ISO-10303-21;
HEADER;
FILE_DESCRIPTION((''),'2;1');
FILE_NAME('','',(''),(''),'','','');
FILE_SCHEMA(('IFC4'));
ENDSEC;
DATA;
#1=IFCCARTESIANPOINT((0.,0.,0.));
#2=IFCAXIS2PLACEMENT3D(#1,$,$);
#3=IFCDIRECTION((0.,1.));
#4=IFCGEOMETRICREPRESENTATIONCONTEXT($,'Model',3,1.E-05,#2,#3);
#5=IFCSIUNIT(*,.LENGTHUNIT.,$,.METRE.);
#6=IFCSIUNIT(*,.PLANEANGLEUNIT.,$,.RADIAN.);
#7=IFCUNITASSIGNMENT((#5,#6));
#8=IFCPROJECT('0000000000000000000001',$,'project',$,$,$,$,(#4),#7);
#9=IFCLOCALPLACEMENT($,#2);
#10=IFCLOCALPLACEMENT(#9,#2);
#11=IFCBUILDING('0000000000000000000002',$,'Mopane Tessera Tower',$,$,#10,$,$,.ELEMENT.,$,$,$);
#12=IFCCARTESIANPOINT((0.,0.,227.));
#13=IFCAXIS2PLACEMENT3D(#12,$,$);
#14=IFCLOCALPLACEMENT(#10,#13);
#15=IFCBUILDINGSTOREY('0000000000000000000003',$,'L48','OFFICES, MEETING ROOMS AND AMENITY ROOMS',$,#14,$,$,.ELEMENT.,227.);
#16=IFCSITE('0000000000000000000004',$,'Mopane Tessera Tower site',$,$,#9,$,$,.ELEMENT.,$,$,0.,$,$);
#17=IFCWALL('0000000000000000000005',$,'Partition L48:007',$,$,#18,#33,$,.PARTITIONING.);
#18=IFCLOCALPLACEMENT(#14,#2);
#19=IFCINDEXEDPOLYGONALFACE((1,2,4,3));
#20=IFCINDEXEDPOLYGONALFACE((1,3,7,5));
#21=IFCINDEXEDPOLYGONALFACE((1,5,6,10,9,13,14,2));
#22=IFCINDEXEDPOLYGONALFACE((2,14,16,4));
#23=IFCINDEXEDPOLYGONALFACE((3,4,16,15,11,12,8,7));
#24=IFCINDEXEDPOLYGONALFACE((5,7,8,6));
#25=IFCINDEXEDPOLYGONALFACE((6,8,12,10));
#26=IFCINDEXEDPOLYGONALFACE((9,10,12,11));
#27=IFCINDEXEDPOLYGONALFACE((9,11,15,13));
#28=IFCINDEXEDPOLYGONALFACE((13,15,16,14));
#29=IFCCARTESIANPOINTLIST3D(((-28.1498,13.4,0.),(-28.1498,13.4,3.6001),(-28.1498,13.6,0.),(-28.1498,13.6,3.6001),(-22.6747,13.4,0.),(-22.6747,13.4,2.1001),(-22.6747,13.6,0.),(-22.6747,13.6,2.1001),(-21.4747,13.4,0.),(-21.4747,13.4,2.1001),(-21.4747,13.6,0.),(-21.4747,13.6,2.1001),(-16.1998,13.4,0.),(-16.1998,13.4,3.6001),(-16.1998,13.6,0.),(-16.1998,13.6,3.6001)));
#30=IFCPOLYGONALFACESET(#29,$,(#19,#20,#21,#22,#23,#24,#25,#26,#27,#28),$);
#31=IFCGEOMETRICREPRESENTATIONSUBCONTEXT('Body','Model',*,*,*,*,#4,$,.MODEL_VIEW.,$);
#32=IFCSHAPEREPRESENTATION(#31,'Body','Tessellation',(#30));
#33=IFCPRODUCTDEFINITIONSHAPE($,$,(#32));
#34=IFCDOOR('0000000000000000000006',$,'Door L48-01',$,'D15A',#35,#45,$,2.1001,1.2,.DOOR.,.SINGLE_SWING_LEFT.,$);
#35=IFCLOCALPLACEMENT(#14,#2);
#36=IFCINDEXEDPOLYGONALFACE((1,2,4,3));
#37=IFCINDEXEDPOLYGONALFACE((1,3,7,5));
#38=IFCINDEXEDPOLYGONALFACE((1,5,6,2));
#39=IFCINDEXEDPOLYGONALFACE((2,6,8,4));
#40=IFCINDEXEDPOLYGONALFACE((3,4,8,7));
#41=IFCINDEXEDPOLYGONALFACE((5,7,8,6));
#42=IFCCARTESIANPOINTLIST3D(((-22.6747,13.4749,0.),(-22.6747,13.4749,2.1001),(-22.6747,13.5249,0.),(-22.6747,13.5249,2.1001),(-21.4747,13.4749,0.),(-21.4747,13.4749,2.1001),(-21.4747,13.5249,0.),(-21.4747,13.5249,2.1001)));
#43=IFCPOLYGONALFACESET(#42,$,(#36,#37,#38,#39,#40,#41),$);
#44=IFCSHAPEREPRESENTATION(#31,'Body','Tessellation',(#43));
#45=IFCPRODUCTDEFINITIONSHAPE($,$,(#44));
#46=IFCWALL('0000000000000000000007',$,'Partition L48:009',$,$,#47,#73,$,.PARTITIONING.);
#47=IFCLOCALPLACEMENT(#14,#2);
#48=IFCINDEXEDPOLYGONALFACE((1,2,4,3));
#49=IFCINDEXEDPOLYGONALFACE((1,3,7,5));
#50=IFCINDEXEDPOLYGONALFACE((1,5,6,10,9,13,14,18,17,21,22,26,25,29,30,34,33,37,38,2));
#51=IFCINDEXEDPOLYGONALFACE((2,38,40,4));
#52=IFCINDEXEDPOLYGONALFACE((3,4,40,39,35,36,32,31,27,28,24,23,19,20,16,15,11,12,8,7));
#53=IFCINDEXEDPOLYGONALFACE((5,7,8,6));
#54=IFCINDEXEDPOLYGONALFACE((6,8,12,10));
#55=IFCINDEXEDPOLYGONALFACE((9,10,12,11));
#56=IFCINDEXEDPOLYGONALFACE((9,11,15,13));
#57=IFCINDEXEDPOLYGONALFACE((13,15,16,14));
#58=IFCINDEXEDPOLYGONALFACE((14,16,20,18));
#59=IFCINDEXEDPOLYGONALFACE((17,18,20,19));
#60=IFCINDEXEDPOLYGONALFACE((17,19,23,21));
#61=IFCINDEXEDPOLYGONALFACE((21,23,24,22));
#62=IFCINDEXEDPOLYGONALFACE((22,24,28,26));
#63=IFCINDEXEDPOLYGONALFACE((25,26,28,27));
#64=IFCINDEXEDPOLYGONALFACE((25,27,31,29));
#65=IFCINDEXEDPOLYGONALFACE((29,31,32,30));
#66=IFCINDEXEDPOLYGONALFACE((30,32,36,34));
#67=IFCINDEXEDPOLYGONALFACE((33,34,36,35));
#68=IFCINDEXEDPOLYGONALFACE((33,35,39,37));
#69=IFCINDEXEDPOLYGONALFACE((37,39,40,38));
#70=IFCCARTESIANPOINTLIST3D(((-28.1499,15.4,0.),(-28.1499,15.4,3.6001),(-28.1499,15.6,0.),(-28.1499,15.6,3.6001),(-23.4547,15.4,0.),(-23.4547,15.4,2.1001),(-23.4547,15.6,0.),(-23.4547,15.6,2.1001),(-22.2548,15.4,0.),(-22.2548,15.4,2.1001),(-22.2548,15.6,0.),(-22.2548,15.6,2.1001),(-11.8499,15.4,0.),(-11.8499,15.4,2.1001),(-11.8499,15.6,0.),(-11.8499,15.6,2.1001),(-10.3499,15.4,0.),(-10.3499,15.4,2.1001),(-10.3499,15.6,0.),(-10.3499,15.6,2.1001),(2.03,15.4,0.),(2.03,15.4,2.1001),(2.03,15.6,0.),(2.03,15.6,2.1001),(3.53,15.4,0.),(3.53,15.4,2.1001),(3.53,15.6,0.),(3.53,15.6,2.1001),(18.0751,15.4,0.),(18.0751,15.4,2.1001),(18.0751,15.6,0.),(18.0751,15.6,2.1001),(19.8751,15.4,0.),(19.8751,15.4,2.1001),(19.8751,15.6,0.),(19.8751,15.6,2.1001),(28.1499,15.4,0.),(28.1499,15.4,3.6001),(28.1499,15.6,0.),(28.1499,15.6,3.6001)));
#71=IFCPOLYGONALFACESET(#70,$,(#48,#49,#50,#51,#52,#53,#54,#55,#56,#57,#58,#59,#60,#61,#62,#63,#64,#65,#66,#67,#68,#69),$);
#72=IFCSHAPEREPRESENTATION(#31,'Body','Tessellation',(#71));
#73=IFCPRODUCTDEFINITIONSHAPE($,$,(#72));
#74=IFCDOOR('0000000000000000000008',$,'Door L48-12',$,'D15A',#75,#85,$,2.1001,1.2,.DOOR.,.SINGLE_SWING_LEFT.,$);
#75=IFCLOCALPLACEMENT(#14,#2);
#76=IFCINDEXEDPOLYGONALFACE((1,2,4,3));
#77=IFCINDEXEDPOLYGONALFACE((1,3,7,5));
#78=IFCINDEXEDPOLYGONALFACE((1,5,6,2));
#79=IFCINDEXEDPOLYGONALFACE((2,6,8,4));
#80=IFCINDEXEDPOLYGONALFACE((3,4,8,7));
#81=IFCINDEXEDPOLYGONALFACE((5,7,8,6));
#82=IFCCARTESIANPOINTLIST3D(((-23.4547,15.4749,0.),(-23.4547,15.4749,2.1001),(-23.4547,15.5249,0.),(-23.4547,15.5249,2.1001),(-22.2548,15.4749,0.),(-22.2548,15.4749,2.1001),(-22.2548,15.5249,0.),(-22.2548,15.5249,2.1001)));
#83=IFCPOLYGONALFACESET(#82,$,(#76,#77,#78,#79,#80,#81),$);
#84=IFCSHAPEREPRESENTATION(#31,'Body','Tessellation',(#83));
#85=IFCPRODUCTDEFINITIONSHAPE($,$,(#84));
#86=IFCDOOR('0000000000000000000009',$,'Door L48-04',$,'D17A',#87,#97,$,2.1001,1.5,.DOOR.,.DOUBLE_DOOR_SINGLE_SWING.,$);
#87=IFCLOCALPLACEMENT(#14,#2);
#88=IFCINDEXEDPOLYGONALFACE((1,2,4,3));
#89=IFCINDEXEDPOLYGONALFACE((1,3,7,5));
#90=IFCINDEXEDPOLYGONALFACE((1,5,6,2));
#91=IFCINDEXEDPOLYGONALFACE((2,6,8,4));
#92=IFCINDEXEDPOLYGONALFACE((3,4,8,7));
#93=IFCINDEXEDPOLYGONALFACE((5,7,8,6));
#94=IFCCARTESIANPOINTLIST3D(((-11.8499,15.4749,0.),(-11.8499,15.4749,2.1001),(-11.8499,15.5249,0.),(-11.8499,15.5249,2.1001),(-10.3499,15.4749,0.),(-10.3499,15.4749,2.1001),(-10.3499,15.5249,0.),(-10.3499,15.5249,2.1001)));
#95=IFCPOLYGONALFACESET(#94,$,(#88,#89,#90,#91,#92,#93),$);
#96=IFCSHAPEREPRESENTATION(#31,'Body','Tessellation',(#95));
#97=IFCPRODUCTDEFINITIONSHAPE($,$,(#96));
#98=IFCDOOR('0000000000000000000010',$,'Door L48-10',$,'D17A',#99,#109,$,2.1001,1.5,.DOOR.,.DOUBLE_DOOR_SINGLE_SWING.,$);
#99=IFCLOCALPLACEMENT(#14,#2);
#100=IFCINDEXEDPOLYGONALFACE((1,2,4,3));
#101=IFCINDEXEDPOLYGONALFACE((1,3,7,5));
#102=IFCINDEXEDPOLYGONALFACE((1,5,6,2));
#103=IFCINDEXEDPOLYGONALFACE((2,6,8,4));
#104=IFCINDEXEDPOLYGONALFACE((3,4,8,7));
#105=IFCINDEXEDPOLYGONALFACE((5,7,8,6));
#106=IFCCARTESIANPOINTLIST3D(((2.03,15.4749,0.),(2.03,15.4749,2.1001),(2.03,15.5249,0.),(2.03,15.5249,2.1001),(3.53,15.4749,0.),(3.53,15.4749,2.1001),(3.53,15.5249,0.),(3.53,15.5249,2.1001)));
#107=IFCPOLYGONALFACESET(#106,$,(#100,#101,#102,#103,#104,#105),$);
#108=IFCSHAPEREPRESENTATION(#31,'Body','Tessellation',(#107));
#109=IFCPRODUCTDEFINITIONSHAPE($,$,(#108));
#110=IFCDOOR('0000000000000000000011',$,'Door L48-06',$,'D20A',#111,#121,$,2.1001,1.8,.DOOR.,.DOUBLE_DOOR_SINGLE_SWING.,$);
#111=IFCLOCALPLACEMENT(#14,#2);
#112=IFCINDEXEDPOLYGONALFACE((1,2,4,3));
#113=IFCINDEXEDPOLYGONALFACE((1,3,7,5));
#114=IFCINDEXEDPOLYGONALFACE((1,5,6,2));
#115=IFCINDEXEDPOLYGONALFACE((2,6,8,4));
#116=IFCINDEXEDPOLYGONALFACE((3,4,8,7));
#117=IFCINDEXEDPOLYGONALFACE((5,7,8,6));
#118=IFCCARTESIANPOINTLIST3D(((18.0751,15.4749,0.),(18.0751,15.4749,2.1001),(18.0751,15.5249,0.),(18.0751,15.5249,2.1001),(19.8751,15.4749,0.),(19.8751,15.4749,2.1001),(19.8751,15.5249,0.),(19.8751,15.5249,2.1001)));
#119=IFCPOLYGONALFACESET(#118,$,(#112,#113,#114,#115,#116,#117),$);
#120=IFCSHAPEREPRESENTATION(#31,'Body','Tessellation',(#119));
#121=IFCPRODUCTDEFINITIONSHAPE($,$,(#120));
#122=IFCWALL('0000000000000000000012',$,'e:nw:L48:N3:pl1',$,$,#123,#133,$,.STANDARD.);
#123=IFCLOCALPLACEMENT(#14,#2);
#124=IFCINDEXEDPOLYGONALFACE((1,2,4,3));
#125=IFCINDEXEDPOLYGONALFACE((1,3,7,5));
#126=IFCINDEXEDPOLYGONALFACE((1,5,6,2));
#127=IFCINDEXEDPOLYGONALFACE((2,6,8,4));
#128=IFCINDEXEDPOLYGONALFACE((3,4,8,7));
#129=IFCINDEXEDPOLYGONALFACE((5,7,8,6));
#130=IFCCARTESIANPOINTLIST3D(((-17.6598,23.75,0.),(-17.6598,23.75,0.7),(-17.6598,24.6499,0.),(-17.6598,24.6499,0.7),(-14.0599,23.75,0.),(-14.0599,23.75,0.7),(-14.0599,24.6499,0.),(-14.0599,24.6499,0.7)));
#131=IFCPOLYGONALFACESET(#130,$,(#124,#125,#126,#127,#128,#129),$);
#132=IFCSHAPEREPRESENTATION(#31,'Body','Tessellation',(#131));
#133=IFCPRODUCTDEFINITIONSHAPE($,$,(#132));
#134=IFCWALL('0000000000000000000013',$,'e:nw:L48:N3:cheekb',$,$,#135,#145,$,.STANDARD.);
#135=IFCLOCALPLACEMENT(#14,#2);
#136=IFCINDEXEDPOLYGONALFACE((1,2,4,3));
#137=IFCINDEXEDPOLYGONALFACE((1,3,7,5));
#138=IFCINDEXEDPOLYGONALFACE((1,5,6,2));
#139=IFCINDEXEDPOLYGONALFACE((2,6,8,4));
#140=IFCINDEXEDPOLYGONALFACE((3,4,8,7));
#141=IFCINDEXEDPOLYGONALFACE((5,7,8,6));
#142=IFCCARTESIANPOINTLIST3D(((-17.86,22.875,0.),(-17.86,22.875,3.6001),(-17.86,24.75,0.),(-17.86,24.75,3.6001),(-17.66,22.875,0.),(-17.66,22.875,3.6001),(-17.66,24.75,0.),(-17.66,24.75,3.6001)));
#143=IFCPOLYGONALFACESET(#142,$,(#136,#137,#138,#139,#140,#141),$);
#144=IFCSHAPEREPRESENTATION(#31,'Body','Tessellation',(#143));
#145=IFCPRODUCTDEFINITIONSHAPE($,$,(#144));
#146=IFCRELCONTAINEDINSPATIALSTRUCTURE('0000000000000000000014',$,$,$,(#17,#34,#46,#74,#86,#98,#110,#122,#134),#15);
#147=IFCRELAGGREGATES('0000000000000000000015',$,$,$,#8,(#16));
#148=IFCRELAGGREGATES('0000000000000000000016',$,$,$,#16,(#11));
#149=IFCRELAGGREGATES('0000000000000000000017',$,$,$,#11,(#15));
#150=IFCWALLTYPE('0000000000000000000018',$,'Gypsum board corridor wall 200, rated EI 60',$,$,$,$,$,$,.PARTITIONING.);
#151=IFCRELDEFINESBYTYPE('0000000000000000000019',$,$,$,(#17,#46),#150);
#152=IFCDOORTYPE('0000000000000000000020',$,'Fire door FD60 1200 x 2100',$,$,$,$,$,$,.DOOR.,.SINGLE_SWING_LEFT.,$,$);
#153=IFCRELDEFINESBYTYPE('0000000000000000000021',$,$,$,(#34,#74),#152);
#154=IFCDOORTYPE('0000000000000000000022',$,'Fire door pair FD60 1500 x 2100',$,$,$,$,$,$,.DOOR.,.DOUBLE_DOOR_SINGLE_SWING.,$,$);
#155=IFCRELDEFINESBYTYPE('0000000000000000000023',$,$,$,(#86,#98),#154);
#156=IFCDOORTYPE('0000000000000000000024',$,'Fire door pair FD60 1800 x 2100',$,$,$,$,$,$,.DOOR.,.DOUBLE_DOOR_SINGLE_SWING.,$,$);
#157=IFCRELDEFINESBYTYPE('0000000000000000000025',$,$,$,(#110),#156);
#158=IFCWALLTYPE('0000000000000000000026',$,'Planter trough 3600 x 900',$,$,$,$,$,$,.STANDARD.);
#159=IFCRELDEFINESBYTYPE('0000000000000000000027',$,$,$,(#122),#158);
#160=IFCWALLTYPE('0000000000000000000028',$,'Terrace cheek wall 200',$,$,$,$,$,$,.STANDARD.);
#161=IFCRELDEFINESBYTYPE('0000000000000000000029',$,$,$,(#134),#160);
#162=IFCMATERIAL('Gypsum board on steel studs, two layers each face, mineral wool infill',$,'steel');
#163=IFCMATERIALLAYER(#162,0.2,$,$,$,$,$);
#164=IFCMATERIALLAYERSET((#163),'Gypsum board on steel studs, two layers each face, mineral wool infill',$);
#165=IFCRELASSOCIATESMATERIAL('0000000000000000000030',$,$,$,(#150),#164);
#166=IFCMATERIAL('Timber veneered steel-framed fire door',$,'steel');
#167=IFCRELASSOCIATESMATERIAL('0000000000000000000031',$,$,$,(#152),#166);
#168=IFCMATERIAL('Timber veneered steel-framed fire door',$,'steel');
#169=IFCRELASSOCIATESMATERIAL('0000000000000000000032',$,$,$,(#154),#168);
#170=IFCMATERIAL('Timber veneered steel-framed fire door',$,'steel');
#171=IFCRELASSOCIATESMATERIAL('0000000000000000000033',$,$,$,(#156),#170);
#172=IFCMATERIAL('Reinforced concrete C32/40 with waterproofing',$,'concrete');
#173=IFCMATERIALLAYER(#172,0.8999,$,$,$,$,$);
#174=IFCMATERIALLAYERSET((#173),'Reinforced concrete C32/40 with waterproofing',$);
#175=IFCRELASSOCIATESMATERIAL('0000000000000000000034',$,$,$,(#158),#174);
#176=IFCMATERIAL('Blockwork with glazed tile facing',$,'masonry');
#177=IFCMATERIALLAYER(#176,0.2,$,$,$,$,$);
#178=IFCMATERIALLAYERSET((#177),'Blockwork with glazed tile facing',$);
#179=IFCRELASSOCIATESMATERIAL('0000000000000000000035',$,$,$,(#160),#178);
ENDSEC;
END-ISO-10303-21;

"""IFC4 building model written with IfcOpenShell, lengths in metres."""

from ifc_helpers import new_model, si_unit, direction, frame, frame_2d, origin, place, context, subcontext, project, spatial, rectangle, extrude, material, layer, layer_set, type_object, element, fill, save


model = new_model("IFC4")

# Units and contexts
model_context = context("Model", 3, precision=1e-05, world=origin(), true_north=direction((0.0, 1.0)))
body_context = subcontext(model_context, "Body", "Model", "MODEL_VIEW")
ifc_project = project(units=[si_unit("LENGTHUNIT", "METRE"), si_unit("PLANEANGLEUNIT", "RADIAN")], contexts=[model_context])

# Site, building, storey
site_placement = place(None, origin())
site = spatial("IfcSite", under=ifc_project, at=site_placement, Name="Mopane Tessera Tower site", CompositionType="ELEMENT", RefElevation=0.0)
building_placement = place(site_placement, origin())
building = spatial("IfcBuilding", under=site, at=building_placement, Name="Mopane Tessera Tower", CompositionType="ELEMENT")
storey_placement = place(building_placement, frame((0.0, 0.0, 227.0)))
storey = spatial("IfcBuildingStorey", under=building, at=storey_placement, Name="L48", Description="OFFICES, MEETING ROOMS AND AMENITY ROOMS", CompositionType="ELEMENT", Elevation=227.0)

# Wall, opening, door
ifc_material_1 = material(Name="Gypsum board on steel studs, two layers each face, mineral wool infill", Category="steel")
ifc_layer_1 = layer(ifc_material_1, 0.2)
ifc_layer_set_1 = layer_set([ifc_layer_1], Name="Gypsum board on steel studs, two layers each face, mineral wool infill")
wall_type_1 = type_object("IfcWallType", Name="Gypsum board corridor wall 200, rated EI 60", PredefinedType="PARTITIONING", material=ifc_layer_set_1)
wall_1_placement = place(storey_placement, frame((-28.1499, 13.5, 0.0), z_axis=(0.0, 0.0, 1.0), x_axis=(1.0, 0.0, 0.0)))
wall_1 = element("IfcWall", 1, at=wall_1_placement, inside=storey, type_object=wall_type_1, Name="Partition L48:007", PredefinedType="PARTITIONING", context=body_context, shape_type="SweptSolid", body=[
    extrude(rectangle(XDim=11.95, YDim=0.2, at=frame_2d((5.9751, 0.0))), origin(), (0.0, 0.0, 1.0), 3.6001),
])
opening_1_placement = place(wall_1_placement, frame((5.4751, 0.0, 0.0)))
opening_1 = element("IfcOpeningElement", 2, at=opening_1_placement, cuts=wall_1, PredefinedType="OPENING", context=body_context, shape_type="SweptSolid", body=[
    extrude(rectangle(XDim=1.2, YDim=2.1001, at=frame_2d((0.6001, 1.05))), frame((0.0, 0.1121, 0.0), z_axis=(0.0, -1.0, 0.0), x_axis=(1.0, 0.0, 0.0)), (0.0, 0.0, 1.0), 0.2239),
])
ifc_material_2 = material(Name="Timber veneered steel-framed fire door", Category="steel")
door_type_1 = type_object("IfcDoorType", Name="Fire door FD60 1200 x 2100", OperationType="SINGLE_SWING_LEFT", PredefinedType="DOOR", material=ifc_material_2)
door_1_placement = place(opening_1_placement, origin())
door_1 = element("IfcDoor", 3, at=door_1_placement, inside=storey, type_object=door_type_1, Name="Door L48-01", ObjectType="D15A", OperationType="SINGLE_SWING_LEFT", OverallHeight=2.1001, OverallWidth=1.2, PredefinedType="DOOR", context=body_context, shape_type="SweptSolid", body=[
    extrude(rectangle(XDim=1.2, YDim=2.1001, at=frame_2d((0.6001, 1.05))), frame((0.0, 0.0249, 0.0), z_axis=(0.0, -1.0, 0.0), x_axis=(1.0, 0.0, 0.0)), (0.0, 0.0, 1.0), 0.05),
])
fill(opening_1, door_1)

# Wall, openings, doors
wall_2_placement = place(storey_placement, frame((-28.1499, 15.5, 0.0), z_axis=(0.0, 0.0, 1.0), x_axis=(1.0, 0.0, 0.0)))
wall_2 = element("IfcWall", 4, at=wall_2_placement, inside=storey, type_object=wall_type_1, Name="Partition L48:009", PredefinedType="PARTITIONING", context=body_context, shape_type="SweptSolid", body=[
    extrude(rectangle(XDim=56.2998, YDim=0.2, at=frame_2d((28.1499, 0.0))), origin(), (0.0, 0.0, 1.0), 3.6001),
])
opening_2_placement = place(wall_2_placement, frame((16.3, 0.0, 0.0)))
opening_2 = element("IfcOpeningElement", 5, at=opening_2_placement, cuts=wall_2, PredefinedType="OPENING", context=body_context, shape_type="SweptSolid", body=[
    extrude(rectangle(XDim=1.5, YDim=2.1001, at=frame_2d((0.75, 1.05))), frame((0.0, 0.1121, 0.0), z_axis=(0.0, -1.0, 0.0), x_axis=(1.0, 0.0, 0.0)), (0.0, 0.0, 1.0), 0.2239),
])
opening_3_placement = place(wall_2_placement, frame((46.2251, 0.0, 0.0)))
opening_3 = element("IfcOpeningElement", 6, at=opening_3_placement, cuts=wall_2, PredefinedType="OPENING", context=body_context, shape_type="SweptSolid", body=[
    extrude(rectangle(XDim=1.8, YDim=2.1001, at=frame_2d((0.8999, 1.05))), frame((0.0, 0.1121, 0.0), z_axis=(0.0, -1.0, 0.0), x_axis=(1.0, 0.0, 0.0)), (0.0, 0.0, 1.0), 0.2239),
])
opening_4_placement = place(wall_2_placement, frame((30.1799, 0.0, 0.0)))
opening_4 = element("IfcOpeningElement", 7, at=opening_4_placement, cuts=wall_2, PredefinedType="OPENING", context=body_context, shape_type="SweptSolid", body=[
    extrude(rectangle(XDim=1.5, YDim=2.1001, at=frame_2d((0.75, 1.05))), frame((0.0, 0.1121, 0.0), z_axis=(0.0, -1.0, 0.0), x_axis=(1.0, 0.0, 0.0)), (0.0, 0.0, 1.0), 0.2239),
])
opening_5_placement = place(wall_2_placement, frame((4.6951, 0.0, 0.0)))
opening_5 = element("IfcOpeningElement", 8, at=opening_5_placement, cuts=wall_2, PredefinedType="OPENING", context=body_context, shape_type="SweptSolid", body=[
    extrude(rectangle(XDim=1.2, YDim=2.1001, at=frame_2d((0.6001, 1.05))), frame((0.0, 0.1121, 0.0), z_axis=(0.0, -1.0, 0.0), x_axis=(1.0, 0.0, 0.0)), (0.0, 0.0, 1.0), 0.2239),
])
door_2_placement = place(opening_5_placement, origin())
door_2 = element("IfcDoor", 9, at=door_2_placement, inside=storey, type_object=door_type_1, Name="Door L48-12", ObjectType="D15A", OperationType="SINGLE_SWING_LEFT", OverallHeight=2.1001, OverallWidth=1.2, PredefinedType="DOOR", context=body_context, shape_type="SweptSolid", body=[
    extrude(rectangle(XDim=1.2, YDim=2.1001, at=frame_2d((0.6001, 1.05))), frame((0.0, 0.0249, 0.0), z_axis=(0.0, -1.0, 0.0), x_axis=(1.0, 0.0, 0.0)), (0.0, 0.0, 1.0), 0.05),
])
fill(opening_5, door_2)
ifc_material_3 = material(Name="Timber veneered steel-framed fire door", Category="steel")
door_type_2 = type_object("IfcDoorType", Name="Fire door pair FD60 1500 x 2100", OperationType="DOUBLE_DOOR_SINGLE_SWING", PredefinedType="DOOR", material=ifc_material_3)
door_3_placement = place(opening_2_placement, origin())
door_3 = element("IfcDoor", 10, at=door_3_placement, inside=storey, type_object=door_type_2, Name="Door L48-04", ObjectType="D17A", OperationType="DOUBLE_DOOR_SINGLE_SWING", OverallHeight=2.1001, OverallWidth=1.5, PredefinedType="DOOR", context=body_context, shape_type="SweptSolid", body=[
    extrude(rectangle(XDim=1.5, YDim=2.1001, at=frame_2d((0.75, 1.05))), frame((0.0, 0.0249, 0.0), z_axis=(0.0, -1.0, 0.0), x_axis=(1.0, 0.0, 0.0)), (0.0, 0.0, 1.0), 0.05),
])
fill(opening_2, door_3)
door_4_placement = place(opening_4_placement, origin())
door_4 = element("IfcDoor", 11, at=door_4_placement, inside=storey, type_object=door_type_2, Name="Door L48-10", ObjectType="D17A", OperationType="DOUBLE_DOOR_SINGLE_SWING", OverallHeight=2.1001, OverallWidth=1.5, PredefinedType="DOOR", context=body_context, shape_type="SweptSolid", body=[
    extrude(rectangle(XDim=1.5, YDim=2.1001, at=frame_2d((0.75, 1.05))), frame((0.0, 0.0249, 0.0), z_axis=(0.0, -1.0, 0.0), x_axis=(1.0, 0.0, 0.0)), (0.0, 0.0, 1.0), 0.05),
])
fill(opening_4, door_4)
ifc_material_4 = material(Name="Timber veneered steel-framed fire door", Category="steel")
door_type_3 = type_object("IfcDoorType", Name="Fire door pair FD60 1800 x 2100", OperationType="DOUBLE_DOOR_SINGLE_SWING", PredefinedType="DOOR", material=ifc_material_4)
door_5_placement = place(opening_3_placement, origin())
door_5 = element("IfcDoor", 12, at=door_5_placement, inside=storey, type_object=door_type_3, Name="Door L48-06", ObjectType="D20A", OperationType="DOUBLE_DOOR_SINGLE_SWING", OverallHeight=2.1001, OverallWidth=1.8, PredefinedType="DOOR", context=body_context, shape_type="SweptSolid", body=[
    extrude(rectangle(XDim=1.8, YDim=2.1001, at=frame_2d((0.8999, 1.05))), frame((0.0, 0.0249, 0.0), z_axis=(0.0, -1.0, 0.0), x_axis=(1.0, 0.0, 0.0)), (0.0, 0.0, 1.0), 0.05),
])
fill(opening_3, door_5)

# Walls
ifc_material_5 = material(Name="Reinforced concrete C32/40 with waterproofing", Category="concrete")
ifc_layer_2 = layer(ifc_material_5, 0.8999)
ifc_layer_set_2 = layer_set([ifc_layer_2], Name="Reinforced concrete C32/40 with waterproofing")
wall_type_2 = type_object("IfcWallType", Name="Planter trough 3600 x 900", PredefinedType="STANDARD", material=ifc_layer_set_2)
wall_3_placement = place(storey_placement, frame((-14.0601, 24.2, 0.0), z_axis=(0.0, 0.0, 1.0), x_axis=(-1.0, 0.0, 0.0)))
element("IfcWall", 13, at=wall_3_placement, inside=storey, type_object=wall_type_2, Name="e:nw:L48:N3:pl1", PredefinedType="STANDARD", context=body_context, shape_type="SweptSolid", body=[
    extrude(rectangle(XDim=3.5999, YDim=0.8999, at=frame_2d((1.7998, 0.0))), origin(), (0.0, 0.0, 1.0), 0.7),
])
ifc_material_6 = material(Name="Blockwork with glazed tile facing", Category="masonry")
ifc_layer_3 = layer(ifc_material_6, 0.2)
ifc_layer_set_3 = layer_set([ifc_layer_3], Name="Blockwork with glazed tile facing")
wall_type_3 = type_object("IfcWallType", Name="Terrace cheek wall 200", PredefinedType="STANDARD", material=ifc_layer_set_3)
wall_4_placement = place(storey_placement, frame((-17.76, 24.75, 0.0), z_axis=(0.0, 0.0, 1.0), x_axis=(0.0, -1.0, 0.0)))
element("IfcWall", 14, at=wall_4_placement, inside=storey, type_object=wall_type_3, Name="e:nw:L48:N3:cheekb", PredefinedType="STANDARD", context=body_context, shape_type="SweptSolid", body=[
    extrude(rectangle(XDim=1.875, YDim=0.2, at=frame_2d((0.9375, 0.0))), origin(), (0.0, 0.0, 1.0), 3.6001),
])

save(model, "model.ifc")
